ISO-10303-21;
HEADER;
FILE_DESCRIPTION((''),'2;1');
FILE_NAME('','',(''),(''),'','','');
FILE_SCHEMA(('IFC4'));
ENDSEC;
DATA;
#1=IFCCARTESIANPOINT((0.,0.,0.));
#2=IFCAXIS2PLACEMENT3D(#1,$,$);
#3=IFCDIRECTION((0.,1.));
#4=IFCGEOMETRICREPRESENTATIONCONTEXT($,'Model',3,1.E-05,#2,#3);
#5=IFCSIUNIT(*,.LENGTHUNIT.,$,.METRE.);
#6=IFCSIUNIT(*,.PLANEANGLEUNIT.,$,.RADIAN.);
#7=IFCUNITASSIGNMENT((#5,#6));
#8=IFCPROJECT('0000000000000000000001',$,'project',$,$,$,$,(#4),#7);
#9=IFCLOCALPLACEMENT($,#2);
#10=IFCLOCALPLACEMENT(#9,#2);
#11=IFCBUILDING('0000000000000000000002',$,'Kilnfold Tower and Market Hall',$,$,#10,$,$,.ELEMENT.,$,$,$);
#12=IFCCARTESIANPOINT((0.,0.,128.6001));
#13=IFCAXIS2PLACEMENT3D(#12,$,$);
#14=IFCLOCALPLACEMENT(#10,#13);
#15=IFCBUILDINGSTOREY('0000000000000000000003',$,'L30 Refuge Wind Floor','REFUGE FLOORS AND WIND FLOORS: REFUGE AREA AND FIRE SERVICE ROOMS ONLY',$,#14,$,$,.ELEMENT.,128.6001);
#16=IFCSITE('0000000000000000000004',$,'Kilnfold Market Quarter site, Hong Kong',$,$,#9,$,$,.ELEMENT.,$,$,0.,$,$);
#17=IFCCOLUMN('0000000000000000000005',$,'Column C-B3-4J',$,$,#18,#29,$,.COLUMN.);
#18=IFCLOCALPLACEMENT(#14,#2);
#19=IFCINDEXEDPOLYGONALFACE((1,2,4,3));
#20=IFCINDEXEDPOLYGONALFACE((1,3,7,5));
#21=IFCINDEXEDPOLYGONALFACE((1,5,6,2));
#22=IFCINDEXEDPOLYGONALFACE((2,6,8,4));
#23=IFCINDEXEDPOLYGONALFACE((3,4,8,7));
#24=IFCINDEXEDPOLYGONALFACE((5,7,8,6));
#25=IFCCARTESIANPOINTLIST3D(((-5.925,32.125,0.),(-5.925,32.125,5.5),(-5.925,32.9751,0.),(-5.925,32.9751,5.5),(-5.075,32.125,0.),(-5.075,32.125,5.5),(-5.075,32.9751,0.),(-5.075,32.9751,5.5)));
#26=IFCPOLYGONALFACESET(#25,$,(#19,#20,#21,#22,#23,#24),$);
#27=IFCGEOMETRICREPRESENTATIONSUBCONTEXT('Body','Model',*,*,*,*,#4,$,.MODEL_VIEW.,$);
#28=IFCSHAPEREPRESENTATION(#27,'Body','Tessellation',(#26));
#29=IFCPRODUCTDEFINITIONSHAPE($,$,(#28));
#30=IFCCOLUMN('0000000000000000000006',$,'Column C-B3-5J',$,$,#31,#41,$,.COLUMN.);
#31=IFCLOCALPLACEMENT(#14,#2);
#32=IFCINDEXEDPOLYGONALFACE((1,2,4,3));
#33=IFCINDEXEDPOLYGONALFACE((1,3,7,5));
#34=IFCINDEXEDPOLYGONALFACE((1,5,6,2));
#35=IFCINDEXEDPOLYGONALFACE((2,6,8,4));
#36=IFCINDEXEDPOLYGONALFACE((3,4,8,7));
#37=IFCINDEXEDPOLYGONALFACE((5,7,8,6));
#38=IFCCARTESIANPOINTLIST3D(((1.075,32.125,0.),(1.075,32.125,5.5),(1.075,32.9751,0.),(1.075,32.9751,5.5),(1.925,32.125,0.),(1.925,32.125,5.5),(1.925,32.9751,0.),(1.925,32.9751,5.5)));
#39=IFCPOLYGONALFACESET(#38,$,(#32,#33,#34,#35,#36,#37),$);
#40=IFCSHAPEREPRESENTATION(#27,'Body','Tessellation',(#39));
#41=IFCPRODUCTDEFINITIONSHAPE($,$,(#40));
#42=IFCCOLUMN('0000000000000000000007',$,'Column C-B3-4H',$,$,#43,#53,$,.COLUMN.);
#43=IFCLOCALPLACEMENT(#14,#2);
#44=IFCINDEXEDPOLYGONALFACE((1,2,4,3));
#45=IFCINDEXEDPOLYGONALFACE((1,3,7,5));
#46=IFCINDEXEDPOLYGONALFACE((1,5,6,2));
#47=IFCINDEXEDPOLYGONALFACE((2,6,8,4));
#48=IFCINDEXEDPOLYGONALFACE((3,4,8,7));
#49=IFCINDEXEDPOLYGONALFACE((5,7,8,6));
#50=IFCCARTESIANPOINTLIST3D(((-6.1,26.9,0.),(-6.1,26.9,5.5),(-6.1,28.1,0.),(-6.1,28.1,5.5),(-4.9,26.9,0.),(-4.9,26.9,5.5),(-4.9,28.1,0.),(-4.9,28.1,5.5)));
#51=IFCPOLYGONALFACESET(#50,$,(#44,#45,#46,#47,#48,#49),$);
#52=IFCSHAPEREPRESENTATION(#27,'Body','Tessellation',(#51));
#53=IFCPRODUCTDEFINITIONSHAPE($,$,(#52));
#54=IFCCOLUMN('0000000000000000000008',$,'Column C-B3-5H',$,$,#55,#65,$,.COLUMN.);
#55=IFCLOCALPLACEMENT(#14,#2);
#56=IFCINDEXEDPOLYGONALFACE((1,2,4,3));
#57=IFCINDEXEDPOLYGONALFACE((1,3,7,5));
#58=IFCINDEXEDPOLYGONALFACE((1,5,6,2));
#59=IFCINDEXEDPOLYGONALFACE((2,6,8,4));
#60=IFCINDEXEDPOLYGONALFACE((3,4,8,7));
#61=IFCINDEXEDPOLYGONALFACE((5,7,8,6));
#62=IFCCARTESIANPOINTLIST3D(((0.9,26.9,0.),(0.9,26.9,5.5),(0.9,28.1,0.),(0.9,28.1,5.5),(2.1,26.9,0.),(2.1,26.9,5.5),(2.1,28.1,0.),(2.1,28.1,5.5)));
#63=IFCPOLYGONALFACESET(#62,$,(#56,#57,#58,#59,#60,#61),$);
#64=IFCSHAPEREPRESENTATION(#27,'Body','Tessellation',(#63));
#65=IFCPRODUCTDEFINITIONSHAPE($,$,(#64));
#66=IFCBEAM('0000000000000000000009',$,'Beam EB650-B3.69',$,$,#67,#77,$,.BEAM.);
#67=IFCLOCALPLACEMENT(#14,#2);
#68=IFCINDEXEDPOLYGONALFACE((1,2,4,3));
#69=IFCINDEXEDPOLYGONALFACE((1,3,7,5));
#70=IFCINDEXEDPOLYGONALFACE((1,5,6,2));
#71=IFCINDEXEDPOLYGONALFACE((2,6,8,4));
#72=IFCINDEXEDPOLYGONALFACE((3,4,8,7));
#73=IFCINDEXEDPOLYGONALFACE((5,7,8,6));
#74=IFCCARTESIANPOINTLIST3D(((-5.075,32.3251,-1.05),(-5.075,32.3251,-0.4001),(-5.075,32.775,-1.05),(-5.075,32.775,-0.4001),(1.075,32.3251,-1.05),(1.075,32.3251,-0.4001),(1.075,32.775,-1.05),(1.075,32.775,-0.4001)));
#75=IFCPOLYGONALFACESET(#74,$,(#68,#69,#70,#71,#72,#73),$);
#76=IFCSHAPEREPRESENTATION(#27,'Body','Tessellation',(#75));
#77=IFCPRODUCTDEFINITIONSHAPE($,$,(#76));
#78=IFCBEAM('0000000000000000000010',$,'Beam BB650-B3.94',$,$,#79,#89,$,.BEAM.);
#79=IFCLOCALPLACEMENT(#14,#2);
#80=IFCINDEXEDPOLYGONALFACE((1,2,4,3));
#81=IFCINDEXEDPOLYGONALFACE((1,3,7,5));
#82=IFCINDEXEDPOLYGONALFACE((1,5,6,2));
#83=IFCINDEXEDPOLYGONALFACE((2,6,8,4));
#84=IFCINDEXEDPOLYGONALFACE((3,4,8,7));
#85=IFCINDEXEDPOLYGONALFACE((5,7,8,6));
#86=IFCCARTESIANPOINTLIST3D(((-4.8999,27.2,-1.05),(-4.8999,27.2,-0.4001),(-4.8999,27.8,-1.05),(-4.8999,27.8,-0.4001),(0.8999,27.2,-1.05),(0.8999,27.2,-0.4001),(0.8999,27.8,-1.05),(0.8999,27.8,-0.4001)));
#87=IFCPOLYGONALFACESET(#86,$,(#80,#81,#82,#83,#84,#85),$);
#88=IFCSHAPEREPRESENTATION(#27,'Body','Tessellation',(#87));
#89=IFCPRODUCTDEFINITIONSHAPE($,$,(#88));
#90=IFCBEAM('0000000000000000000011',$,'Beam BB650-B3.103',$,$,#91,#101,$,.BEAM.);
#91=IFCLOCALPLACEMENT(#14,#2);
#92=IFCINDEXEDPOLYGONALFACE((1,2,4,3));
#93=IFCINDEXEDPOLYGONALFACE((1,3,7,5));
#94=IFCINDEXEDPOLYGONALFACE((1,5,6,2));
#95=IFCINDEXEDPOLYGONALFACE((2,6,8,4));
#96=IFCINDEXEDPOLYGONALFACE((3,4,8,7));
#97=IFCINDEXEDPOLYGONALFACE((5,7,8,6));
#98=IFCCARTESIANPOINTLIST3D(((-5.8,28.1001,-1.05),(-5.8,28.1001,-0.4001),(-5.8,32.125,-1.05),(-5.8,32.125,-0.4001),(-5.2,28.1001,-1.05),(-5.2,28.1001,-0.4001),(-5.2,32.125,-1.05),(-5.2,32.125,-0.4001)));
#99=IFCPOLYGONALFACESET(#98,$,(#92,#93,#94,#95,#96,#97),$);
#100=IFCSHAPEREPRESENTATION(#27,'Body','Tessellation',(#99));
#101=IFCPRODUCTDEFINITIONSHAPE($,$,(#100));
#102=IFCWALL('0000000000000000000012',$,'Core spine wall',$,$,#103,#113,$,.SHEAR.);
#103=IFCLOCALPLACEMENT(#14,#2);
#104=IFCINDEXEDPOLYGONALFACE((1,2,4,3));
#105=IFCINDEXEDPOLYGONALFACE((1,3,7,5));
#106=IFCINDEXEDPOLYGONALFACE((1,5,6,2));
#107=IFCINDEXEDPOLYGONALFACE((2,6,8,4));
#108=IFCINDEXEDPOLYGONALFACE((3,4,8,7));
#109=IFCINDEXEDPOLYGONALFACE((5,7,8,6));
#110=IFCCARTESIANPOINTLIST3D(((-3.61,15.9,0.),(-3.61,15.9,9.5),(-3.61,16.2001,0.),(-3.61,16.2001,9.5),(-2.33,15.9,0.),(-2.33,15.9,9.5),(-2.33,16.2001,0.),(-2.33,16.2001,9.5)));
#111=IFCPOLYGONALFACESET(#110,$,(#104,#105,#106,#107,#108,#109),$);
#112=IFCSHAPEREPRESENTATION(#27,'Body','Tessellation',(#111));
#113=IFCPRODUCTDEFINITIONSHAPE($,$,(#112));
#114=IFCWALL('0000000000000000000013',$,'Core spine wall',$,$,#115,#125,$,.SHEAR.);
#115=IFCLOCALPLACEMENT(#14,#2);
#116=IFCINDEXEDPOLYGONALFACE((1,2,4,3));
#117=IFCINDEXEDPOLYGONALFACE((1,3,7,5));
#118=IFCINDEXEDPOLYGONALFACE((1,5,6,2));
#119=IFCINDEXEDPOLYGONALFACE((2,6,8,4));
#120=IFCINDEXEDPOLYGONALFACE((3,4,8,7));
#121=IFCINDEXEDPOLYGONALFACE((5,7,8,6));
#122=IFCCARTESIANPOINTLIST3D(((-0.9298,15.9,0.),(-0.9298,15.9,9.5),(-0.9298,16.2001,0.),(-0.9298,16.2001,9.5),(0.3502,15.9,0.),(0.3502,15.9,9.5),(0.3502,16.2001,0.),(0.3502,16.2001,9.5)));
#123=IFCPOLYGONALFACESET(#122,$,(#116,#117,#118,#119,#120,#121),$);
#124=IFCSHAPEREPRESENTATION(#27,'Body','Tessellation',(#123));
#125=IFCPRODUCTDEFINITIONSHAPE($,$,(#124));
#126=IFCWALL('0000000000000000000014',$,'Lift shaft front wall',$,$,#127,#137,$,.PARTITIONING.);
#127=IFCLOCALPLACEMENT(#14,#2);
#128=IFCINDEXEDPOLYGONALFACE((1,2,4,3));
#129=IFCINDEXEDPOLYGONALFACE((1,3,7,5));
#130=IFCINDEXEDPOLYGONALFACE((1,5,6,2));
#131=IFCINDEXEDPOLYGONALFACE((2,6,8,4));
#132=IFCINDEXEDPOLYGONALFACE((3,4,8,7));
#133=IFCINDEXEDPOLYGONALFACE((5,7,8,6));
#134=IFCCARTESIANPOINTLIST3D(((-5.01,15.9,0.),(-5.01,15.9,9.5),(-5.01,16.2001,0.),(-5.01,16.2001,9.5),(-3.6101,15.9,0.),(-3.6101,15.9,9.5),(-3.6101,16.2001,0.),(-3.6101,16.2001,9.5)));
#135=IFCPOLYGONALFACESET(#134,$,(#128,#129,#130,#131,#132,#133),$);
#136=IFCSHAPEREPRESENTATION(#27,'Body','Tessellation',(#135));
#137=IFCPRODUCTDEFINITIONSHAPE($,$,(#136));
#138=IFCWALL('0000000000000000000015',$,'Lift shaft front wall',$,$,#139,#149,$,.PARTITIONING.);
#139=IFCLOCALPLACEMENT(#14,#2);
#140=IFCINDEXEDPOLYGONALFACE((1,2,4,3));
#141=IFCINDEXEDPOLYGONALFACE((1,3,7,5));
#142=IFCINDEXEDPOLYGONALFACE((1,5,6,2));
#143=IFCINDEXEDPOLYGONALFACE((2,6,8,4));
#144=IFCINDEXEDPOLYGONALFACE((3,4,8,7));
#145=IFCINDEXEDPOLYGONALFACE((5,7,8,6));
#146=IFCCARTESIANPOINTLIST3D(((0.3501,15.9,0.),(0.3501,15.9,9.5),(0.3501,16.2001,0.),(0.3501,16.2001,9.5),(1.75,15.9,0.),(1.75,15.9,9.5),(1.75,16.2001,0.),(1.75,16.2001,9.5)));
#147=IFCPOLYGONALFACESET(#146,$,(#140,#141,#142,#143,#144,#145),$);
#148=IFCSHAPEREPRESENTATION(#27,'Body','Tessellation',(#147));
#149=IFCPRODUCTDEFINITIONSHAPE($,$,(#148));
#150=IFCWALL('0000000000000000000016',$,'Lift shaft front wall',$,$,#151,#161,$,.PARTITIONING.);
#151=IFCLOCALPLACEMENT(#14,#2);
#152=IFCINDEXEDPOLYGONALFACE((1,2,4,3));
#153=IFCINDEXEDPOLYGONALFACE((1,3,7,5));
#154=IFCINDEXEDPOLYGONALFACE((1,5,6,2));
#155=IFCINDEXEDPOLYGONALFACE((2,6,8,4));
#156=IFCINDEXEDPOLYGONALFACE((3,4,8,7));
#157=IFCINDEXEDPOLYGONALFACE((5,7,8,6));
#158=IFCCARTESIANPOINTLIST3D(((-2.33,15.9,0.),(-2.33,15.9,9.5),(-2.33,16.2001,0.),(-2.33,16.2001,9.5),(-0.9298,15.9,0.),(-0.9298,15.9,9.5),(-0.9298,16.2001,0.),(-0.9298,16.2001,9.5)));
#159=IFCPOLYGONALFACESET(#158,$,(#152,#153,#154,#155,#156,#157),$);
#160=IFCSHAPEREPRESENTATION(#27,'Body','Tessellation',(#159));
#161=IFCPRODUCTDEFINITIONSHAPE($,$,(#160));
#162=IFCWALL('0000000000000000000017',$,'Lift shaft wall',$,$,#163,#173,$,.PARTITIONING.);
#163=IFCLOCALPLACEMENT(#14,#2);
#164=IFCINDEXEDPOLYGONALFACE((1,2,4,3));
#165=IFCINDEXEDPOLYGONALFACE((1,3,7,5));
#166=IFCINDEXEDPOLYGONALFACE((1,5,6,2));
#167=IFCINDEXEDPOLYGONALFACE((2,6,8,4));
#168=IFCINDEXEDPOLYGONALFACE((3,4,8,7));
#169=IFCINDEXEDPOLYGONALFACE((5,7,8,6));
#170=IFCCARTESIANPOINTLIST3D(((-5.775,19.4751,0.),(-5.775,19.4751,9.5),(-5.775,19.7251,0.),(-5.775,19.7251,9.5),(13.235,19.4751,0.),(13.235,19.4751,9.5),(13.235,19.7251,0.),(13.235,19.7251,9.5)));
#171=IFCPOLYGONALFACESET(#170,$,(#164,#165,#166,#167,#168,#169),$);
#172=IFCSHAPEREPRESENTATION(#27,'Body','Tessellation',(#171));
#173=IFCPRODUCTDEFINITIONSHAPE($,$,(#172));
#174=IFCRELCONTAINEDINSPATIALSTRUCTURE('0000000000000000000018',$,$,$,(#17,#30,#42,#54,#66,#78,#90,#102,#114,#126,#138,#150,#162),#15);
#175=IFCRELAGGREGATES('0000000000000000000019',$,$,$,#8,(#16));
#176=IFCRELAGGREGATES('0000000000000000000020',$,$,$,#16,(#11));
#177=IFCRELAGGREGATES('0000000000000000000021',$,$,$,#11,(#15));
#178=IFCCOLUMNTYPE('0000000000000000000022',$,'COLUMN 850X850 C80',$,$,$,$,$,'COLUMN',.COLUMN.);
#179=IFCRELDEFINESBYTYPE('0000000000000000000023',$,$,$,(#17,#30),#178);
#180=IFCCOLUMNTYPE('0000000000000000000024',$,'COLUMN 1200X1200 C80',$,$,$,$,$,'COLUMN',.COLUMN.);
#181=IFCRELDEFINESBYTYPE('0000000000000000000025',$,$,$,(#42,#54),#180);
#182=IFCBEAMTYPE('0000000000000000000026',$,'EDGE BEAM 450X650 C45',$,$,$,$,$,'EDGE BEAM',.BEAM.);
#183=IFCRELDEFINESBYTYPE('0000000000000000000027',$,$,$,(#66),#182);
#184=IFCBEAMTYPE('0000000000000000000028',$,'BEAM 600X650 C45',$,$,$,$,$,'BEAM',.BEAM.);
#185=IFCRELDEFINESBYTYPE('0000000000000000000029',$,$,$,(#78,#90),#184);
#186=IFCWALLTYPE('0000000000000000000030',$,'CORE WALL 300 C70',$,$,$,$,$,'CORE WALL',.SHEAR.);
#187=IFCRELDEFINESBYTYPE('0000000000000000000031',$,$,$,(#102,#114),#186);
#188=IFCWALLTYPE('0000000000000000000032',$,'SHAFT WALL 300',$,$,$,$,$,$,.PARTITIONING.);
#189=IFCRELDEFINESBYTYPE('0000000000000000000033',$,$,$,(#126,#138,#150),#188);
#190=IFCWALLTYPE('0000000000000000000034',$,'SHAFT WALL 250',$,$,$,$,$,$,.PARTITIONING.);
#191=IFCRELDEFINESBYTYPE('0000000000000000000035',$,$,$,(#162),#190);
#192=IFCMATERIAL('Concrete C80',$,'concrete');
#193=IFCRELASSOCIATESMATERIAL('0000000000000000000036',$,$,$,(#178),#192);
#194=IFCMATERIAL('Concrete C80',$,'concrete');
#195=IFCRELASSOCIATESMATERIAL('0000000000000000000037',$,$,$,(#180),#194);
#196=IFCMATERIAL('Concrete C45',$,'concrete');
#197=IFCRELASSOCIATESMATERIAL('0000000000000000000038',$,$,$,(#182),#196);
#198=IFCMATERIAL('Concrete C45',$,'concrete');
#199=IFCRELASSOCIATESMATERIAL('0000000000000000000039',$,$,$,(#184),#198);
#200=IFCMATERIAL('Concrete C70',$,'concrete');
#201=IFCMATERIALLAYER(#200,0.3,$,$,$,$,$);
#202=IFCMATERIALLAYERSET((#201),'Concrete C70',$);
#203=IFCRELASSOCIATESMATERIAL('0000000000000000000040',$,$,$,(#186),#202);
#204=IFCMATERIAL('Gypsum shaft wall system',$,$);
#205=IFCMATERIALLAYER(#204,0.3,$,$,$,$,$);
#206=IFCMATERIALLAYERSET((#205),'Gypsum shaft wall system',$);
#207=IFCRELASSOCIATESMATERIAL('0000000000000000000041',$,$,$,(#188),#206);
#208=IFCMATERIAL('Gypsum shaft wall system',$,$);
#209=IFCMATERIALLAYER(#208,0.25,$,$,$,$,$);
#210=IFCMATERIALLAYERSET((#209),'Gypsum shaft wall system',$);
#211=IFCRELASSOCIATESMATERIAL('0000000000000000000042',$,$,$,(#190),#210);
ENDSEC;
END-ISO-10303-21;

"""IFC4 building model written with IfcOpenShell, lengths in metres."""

from ifc_helpers import new_model, si_unit, direction, frame, frame_2d, origin, origin_2d, place, context, subcontext, project, spatial, rectangle, extrude, source, transform, mapped, material, layer, layer_set, material_profile, profile_set, type_object, element, save


model = new_model("IFC4")

# Units and contexts
model_context = context("Model", 3, precision=1e-05, world=origin(), true_north=direction((0.0, 1.0)))
body_context = subcontext(model_context, "Body", "Model", "MODEL_VIEW")
ifc_project = project(units=[si_unit("LENGTHUNIT", "METRE"), si_unit("PLANEANGLEUNIT", "RADIAN")], contexts=[model_context])

# Site, building, storey
site_placement = place(None, origin())
site = spatial("IfcSite", under=ifc_project, at=site_placement, Name="Kilnfold Market Quarter site, Hong Kong", CompositionType="ELEMENT", RefElevation=0.0)
building_placement = place(site_placement, origin())
building = spatial("IfcBuilding", under=site, at=building_placement, Name="Kilnfold Tower and Market Hall", CompositionType="ELEMENT")
storey_placement = place(building_placement, frame((0.0, 0.0, 128.6001)))
storey = spatial("IfcBuildingStorey", under=building, at=storey_placement, Name="L30 Refuge Wind Floor", Description="REFUGE FLOORS AND WIND FLOORS: REFUGE AREA AND FIRE SERVICE ROOMS ONLY", CompositionType="ELEMENT", Elevation=128.6001)

# Columns
ifc_material_1 = material(Name="Concrete C80", Category="concrete")
ifc_material_profile_1 = material_profile(ifc_material_1, rectangle(XDim=0.8501, YDim=0.8501, at=origin_2d()), Name="RC 850x850")
ifc_profile_set_1 = profile_set([ifc_material_profile_1], Name="Concrete C80")
column_type_1 = type_object("IfcColumnType", Name="COLUMN 850X850 C80", ElementType="COLUMN", PredefinedType="COLUMN", material=ifc_profile_set_1)
shared_shape_1 = source(origin(), body_context, "Body", "SweptSolid", [
    extrude(rectangle(XDim=0.8501, YDim=0.8501, at=origin_2d()), origin(), (0.0, 0.0, 1.0), 5.5),
])
for number, where, z_axis, x_axis, name in (
    (1, (-5.5, 32.55, 0.0), (0.0, 0.0, 1.0), (1.0, 0.0, 0.0), "Column C-B3-4J"),
    (2, (1.5, 32.55, 0.0), (0.0, 0.0, 1.0), (1.0, 0.0, 0.0), "Column C-B3-5J"),
):
    element("IfcColumn", number, at=place(storey_placement, frame(where, z_axis=z_axis, x_axis=x_axis)), inside=storey, type_object=column_type_1, Name=name, PredefinedType="COLUMN", context=body_context, shape_type="MappedRepresentation", body=[
        mapped(shared_shape_1, transform((0.0, 0.0, 0.0))),
    ])
ifc_material_2 = material(Name="Concrete C80", Category="concrete")
ifc_material_profile_2 = material_profile(ifc_material_2, rectangle(XDim=1.2, YDim=1.2, at=origin_2d()), Name="RC 1200x1200")
ifc_profile_set_2 = profile_set([ifc_material_profile_2], Name="Concrete C80")
column_type_2 = type_object("IfcColumnType", Name="COLUMN 1200X1200 C80", ElementType="COLUMN", PredefinedType="COLUMN", material=ifc_profile_set_2)
shared_shape_2 = source(origin(), body_context, "Body", "SweptSolid", [
    extrude(rectangle(XDim=1.2, YDim=1.2, at=origin_2d()), origin(), (0.0, 0.0, 1.0), 5.5),
])
for number, where, z_axis, x_axis, name in (
    (3, (-5.5, 27.5, 0.0), (0.0, 0.0, 1.0), (1.0, 0.0, 0.0), "Column C-B3-4H"),
    (4, (1.5, 27.5, 0.0), (0.0, 0.0, 1.0), (1.0, 0.0, 0.0), "Column C-B3-5H"),
):
    element("IfcColumn", number, at=place(storey_placement, frame(where, z_axis=z_axis, x_axis=x_axis)), inside=storey, type_object=column_type_2, Name=name, PredefinedType="COLUMN", context=body_context, shape_type="MappedRepresentation", body=[
        mapped(shared_shape_2, transform((0.0, 0.0, 0.0))),
    ])

# Beams
ifc_material_3 = material(Name="Concrete C45", Category="concrete")
ifc_material_profile_3 = material_profile(ifc_material_3, rectangle(XDim=0.45, YDim=0.6499, at=origin_2d()), Name="RC 450x650")
ifc_profile_set_3 = profile_set([ifc_material_profile_3], Name="Concrete C45")
beam_type_1 = type_object("IfcBeamType", Name="EDGE BEAM 450X650 C45", ElementType="EDGE BEAM", PredefinedType="BEAM", material=ifc_profile_set_3)
shared_shape_3 = source(origin(), body_context, "Body", "SweptSolid", [
    extrude(rectangle(XDim=0.45, YDim=0.6499, at=origin_2d()), origin(), (0.0, 0.0, 1.0), 6.1499),
])
beam_1_placement = place(storey_placement, frame((-5.075, 32.55, -0.7251), z_axis=(1.0, 0.0, 0.0), x_axis=(0.0, 1.0, 0.0)))
element("IfcBeam", 5, at=beam_1_placement, inside=storey, type_object=beam_type_1, Name="Beam EB650-B3.69", PredefinedType="BEAM", context=body_context, shape_type="MappedRepresentation", body=[
    mapped(shared_shape_3, transform((0.0, 0.0, 0.0))),
])
ifc_material_4 = material(Name="Concrete C45", Category="concrete")
ifc_material_profile_4 = material_profile(ifc_material_4, rectangle(XDim=0.6001, YDim=0.6499, at=origin_2d()), Name="RC 600x650")
ifc_profile_set_4 = profile_set([ifc_material_profile_4], Name="Concrete C45")
beam_type_2 = type_object("IfcBeamType", Name="BEAM 600X650 C45", ElementType="BEAM", PredefinedType="BEAM", material=ifc_profile_set_4)
shared_shape_4 = source(origin(), body_context, "Body", "SweptSolid", [
    extrude(rectangle(XDim=0.6001, YDim=0.6499, at=origin_2d()), origin(), (0.0, 0.0, 1.0), 5.7998),
])
beam_2_placement = place(storey_placement, frame((-4.8999, 27.5, -0.7251), z_axis=(1.0, 0.0, 0.0), x_axis=(0.0, 1.0, 0.0)))
element("IfcBeam", 6, at=beam_2_placement, inside=storey, type_object=beam_type_2, Name="Beam BB650-B3.94", PredefinedType="BEAM", context=body_context, shape_type="MappedRepresentation", body=[
    mapped(shared_shape_4, transform((0.0, 0.0, 0.0))),
])
shared_shape_5 = source(origin(), body_context, "Body", "SweptSolid", [
    extrude(rectangle(XDim=0.6001, YDim=0.6499, at=origin_2d()), origin(), (0.0, 0.0, 1.0), 4.0249),
])
beam_3_placement = place(storey_placement, frame((-5.5, 28.1001, -0.7251), z_axis=(0.0, 1.0, 0.0), x_axis=(-1.0, 0.0, 0.0)))
element("IfcBeam", 7, at=beam_3_placement, inside=storey, type_object=beam_type_2, Name="Beam BB650-B3.103", PredefinedType="BEAM", context=body_context, shape_type="MappedRepresentation", body=[
    mapped(shared_shape_5, transform((0.0, 0.0, 0.0))),
])

# Walls
ifc_material_5 = material(Name="Concrete C70", Category="concrete")
ifc_layer_1 = layer(ifc_material_5, 0.3)
ifc_layer_set_1 = layer_set([ifc_layer_1], Name="Concrete C70")
wall_type_1 = type_object("IfcWallType", Name="CORE WALL 300 C70", ElementType="CORE WALL", PredefinedType="SHEAR", material=ifc_layer_set_1)
shared_shape_6 = source(origin(), body_context, "Body", "SweptSolid", [
    extrude(rectangle(XDim=1.28, YDim=0.3, at=frame_2d((0.6401, 0.0))), origin(), (0.0, 0.0, 1.0), 9.5),
])
for number, where, z_axis, x_axis, name in (
    (8, (-3.6101, 16.05, 0.0), (0.0, 0.0, 1.0), (1.0, 0.0, 0.0), "Core spine wall"),
    (9, (-0.9299, 16.05, 0.0), (0.0, 0.0, 1.0), (1.0, 0.0, 0.0), "Core spine wall"),
):
    element("IfcWall", number, at=place(storey_placement, frame(where, z_axis=z_axis, x_axis=x_axis)), inside=storey, type_object=wall_type_1, Name=name, PredefinedType="SHEAR", context=body_context, shape_type="MappedRepresentation", body=[
        mapped(shared_shape_6, transform((0.0, 0.0, 0.0))),
    ])
ifc_material_6 = material(Name="Gypsum shaft wall system")
ifc_layer_2 = layer(ifc_material_6, 0.3)
ifc_layer_set_2 = layer_set([ifc_layer_2], Name="Gypsum shaft wall system")
wall_type_2 = type_object("IfcWallType", Name="SHAFT WALL 300", PredefinedType="PARTITIONING", material=ifc_layer_set_2)
shared_shape_7 = source(origin(), body_context, "Body", "SweptSolid", [
    extrude(rectangle(XDim=1.3999, YDim=0.3, at=frame_2d((0.7, 0.0))), origin(), (0.0, 0.0, 1.0), 9.5),
])
for number, where, z_axis, x_axis, name in (
    (10, (-5.01, 16.05, 0.0), (0.0, 0.0, 1.0), (1.0, 0.0, 0.0), "Lift shaft front wall"),
    (11, (0.3501, 16.05, 0.0), (0.0, 0.0, 1.0), (1.0, 0.0, 0.0), "Lift shaft front wall"),
):
    element("IfcWall", number, at=place(storey_placement, frame(where, z_axis=z_axis, x_axis=x_axis)), inside=storey, type_object=wall_type_2, Name=name, PredefinedType="PARTITIONING", context=body_context, shape_type="MappedRepresentation", body=[
        mapped(shared_shape_7, transform((0.0, 0.0, 0.0))),
    ])
shared_shape_8 = source(origin(), body_context, "Body", "SweptSolid", [
    extrude(rectangle(XDim=1.4001, YDim=0.3, at=frame_2d((0.7002, 0.0))), origin(), (0.0, 0.0, 1.0), 9.5),
])
wall_1_placement = place(storey_placement, frame((-2.3301, 16.05, 0.0), z_axis=(0.0, 0.0, 1.0), x_axis=(1.0, 0.0, 0.0)))
element("IfcWall", 12, at=wall_1_placement, inside=storey, type_object=wall_type_2, Name="Lift shaft front wall", PredefinedType="PARTITIONING", context=body_context, shape_type="MappedRepresentation", body=[
    mapped(shared_shape_8, transform((0.0, 0.0, 0.0))),
])
ifc_material_7 = material(Name="Gypsum shaft wall system")
ifc_layer_3 = layer(ifc_material_7, 0.25)
ifc_layer_set_3 = layer_set([ifc_layer_3], Name="Gypsum shaft wall system")
wall_type_3 = type_object("IfcWallType", Name="SHAFT WALL 250", PredefinedType="PARTITIONING", material=ifc_layer_set_3)
shared_shape_9 = source(origin(), body_context, "Body", "SweptSolid", [
    extrude(rectangle(XDim=19.01, YDim=0.25, at=frame_2d((9.5049, 0.0))), origin(), (0.0, 0.0, 1.0), 9.5),
])
wall_2_placement = place(storey_placement, frame((-5.7749, 19.6001, 0.0), z_axis=(0.0, 0.0, 1.0), x_axis=(1.0, 0.0, 0.0)))
element("IfcWall", 13, at=wall_2_placement, inside=storey, type_object=wall_type_3, Name="Lift shaft wall", PredefinedType="PARTITIONING", context=body_context, shape_type="MappedRepresentation", body=[
    mapped(shared_shape_9, transform((0.0, 0.0, 0.0))),
])

save(model, "model.ifc")
